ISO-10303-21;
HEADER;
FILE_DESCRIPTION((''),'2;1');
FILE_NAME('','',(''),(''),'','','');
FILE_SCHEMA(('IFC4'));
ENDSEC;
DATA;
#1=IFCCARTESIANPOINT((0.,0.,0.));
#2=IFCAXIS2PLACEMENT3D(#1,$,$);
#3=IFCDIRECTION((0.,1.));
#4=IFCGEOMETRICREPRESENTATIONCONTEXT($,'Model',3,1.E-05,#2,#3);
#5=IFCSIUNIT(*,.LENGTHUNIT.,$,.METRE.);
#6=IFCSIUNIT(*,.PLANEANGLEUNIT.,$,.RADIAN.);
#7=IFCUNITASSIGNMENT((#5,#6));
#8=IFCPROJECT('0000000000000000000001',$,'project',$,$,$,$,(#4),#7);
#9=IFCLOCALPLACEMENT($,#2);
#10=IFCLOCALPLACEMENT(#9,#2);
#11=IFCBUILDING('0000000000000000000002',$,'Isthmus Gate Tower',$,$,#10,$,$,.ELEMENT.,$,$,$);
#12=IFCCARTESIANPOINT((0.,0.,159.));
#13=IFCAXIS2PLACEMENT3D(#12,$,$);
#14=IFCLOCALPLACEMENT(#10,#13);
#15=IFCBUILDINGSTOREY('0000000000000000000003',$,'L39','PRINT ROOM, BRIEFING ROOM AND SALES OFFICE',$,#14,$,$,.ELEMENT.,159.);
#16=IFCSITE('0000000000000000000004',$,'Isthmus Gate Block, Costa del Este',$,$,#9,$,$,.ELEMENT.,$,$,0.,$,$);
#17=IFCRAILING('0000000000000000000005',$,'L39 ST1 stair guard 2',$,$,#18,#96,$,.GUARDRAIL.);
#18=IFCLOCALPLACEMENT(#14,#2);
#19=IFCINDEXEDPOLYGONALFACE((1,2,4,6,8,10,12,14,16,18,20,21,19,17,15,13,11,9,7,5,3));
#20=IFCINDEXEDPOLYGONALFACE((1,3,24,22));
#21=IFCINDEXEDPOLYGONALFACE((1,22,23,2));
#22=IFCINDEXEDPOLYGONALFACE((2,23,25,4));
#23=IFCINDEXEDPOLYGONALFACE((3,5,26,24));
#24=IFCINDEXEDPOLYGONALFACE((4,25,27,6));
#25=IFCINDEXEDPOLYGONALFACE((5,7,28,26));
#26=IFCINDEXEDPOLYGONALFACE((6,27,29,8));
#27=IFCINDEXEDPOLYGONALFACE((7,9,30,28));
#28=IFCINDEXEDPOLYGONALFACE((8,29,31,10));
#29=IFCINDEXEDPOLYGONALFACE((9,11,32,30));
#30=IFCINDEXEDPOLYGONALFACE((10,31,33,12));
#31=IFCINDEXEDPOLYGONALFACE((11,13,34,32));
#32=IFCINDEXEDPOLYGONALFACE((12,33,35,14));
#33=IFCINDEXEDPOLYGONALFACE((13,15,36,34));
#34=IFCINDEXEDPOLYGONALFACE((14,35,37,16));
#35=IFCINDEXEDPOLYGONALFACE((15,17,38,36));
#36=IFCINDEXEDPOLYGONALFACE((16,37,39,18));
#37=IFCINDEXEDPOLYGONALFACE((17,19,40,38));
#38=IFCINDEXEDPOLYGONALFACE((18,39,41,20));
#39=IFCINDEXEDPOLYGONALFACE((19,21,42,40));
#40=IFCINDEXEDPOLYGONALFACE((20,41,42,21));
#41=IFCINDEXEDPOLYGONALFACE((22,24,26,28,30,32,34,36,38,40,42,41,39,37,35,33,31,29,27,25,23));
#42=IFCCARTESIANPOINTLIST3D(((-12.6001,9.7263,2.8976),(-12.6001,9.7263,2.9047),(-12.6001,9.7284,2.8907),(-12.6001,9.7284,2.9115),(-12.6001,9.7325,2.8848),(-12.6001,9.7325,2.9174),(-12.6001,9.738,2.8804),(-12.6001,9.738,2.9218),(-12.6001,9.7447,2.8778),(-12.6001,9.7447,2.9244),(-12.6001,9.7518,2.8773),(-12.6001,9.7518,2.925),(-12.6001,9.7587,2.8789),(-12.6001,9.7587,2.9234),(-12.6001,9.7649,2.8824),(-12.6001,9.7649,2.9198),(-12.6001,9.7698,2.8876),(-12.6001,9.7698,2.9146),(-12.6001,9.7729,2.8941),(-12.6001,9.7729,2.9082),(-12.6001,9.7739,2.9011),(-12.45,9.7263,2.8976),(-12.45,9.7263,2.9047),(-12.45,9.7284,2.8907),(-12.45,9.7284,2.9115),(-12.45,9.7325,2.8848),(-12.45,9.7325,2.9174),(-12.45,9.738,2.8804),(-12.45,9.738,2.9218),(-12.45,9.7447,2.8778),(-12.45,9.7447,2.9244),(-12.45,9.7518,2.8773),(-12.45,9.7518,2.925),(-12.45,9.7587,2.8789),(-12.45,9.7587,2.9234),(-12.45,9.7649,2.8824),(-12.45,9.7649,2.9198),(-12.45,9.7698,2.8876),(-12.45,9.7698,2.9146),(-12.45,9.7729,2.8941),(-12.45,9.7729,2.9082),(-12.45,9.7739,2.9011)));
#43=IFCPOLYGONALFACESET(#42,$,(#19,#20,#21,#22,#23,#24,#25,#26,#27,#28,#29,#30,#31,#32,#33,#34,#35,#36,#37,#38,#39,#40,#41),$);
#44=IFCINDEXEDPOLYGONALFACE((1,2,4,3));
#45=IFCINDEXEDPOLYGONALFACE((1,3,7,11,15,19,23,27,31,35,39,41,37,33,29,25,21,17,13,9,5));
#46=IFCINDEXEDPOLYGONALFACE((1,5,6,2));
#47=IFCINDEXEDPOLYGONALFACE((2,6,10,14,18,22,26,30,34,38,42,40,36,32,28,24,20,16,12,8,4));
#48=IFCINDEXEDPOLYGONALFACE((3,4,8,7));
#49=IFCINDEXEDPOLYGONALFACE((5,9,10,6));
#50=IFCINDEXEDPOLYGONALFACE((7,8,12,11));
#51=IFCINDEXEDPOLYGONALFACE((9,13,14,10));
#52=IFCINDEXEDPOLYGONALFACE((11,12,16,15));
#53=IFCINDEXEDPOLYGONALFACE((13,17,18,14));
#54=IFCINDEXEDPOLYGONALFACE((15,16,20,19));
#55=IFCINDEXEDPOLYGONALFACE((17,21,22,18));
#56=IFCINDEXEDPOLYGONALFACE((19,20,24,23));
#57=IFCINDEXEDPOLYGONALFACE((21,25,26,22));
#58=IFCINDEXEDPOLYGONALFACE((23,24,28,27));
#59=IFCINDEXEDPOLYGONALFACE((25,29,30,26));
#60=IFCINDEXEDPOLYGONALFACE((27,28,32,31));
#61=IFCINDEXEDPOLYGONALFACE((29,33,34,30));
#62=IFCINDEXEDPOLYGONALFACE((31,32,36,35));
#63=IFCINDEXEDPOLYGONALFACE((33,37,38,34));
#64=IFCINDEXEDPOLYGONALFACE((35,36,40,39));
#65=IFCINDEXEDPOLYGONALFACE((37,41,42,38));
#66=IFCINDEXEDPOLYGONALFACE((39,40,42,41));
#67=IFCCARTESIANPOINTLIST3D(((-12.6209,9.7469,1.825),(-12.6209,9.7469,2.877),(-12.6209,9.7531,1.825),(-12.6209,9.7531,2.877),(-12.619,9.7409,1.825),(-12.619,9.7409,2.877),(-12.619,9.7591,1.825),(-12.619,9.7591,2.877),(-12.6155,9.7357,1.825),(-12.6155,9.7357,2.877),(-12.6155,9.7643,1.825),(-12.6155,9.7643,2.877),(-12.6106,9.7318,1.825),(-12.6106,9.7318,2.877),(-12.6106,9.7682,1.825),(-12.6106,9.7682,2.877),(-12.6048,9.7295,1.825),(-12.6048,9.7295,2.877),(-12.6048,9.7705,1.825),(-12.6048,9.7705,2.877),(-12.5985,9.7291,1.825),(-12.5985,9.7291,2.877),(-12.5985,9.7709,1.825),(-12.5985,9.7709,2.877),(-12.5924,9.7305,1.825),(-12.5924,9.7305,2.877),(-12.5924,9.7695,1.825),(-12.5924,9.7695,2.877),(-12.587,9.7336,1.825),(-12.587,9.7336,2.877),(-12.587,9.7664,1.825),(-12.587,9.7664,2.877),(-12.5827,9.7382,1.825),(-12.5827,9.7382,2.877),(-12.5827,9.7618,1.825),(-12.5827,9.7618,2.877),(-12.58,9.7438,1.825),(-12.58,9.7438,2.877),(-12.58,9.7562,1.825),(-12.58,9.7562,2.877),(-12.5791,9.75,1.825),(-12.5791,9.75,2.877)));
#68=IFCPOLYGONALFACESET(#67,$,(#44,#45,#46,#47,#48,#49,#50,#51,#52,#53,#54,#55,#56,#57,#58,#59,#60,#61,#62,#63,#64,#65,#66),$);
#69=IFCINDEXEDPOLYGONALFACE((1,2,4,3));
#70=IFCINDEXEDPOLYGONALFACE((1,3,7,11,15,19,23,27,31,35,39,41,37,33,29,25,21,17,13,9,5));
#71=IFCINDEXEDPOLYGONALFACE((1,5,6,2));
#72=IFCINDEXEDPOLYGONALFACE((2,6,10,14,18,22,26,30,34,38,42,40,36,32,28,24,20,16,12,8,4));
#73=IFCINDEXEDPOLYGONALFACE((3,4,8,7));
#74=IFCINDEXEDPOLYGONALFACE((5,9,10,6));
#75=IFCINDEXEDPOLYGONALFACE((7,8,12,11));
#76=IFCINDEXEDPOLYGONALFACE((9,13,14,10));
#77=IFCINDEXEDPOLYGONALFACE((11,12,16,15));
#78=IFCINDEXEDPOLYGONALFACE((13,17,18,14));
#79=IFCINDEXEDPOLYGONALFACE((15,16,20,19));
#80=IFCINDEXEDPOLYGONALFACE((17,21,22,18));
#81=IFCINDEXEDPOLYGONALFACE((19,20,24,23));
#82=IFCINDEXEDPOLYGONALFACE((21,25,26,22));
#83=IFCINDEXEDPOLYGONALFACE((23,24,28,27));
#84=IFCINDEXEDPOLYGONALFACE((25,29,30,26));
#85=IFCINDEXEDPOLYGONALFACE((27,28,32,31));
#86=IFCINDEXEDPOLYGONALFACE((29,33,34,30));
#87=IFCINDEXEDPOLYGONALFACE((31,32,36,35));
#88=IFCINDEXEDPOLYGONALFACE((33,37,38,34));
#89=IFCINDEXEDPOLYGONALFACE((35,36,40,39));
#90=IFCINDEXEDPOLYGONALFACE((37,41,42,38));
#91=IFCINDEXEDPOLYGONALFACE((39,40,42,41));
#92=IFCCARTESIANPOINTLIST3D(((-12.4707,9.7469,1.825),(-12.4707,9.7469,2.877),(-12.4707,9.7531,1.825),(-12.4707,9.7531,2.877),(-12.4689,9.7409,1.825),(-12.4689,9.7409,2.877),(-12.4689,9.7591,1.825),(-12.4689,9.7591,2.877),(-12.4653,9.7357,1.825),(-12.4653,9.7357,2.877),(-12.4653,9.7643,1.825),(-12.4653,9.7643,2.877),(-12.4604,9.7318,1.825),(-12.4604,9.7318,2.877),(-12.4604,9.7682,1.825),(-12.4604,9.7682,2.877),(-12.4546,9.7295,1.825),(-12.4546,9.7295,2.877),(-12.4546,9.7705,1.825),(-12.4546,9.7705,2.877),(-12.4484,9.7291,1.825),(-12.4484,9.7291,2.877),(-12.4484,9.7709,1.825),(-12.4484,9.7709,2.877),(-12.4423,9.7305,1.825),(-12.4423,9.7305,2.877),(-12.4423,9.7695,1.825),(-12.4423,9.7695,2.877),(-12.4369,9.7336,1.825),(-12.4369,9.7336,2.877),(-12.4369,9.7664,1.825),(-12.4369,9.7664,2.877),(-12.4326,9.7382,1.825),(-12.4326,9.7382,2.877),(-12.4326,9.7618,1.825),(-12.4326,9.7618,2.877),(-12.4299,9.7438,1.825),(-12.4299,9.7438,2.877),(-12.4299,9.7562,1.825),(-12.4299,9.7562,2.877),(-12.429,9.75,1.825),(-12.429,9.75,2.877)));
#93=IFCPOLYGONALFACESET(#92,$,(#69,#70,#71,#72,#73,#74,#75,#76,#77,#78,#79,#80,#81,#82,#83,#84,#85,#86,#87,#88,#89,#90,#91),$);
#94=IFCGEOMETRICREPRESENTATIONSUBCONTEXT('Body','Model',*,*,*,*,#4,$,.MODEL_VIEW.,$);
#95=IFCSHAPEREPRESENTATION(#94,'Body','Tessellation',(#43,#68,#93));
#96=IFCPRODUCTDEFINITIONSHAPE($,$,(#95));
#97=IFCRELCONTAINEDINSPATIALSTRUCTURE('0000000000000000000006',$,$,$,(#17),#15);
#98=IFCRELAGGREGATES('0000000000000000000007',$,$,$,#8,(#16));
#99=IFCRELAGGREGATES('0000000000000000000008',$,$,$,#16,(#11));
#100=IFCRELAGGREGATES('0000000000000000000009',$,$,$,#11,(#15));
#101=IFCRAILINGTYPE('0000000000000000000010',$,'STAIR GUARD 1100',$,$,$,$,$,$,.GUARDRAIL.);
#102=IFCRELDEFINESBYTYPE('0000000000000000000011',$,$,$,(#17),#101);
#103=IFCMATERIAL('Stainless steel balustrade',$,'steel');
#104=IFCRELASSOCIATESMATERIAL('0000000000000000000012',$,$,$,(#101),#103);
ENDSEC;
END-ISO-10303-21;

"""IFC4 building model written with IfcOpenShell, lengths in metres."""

from ifc_helpers import new_model, si_unit, direction, frame, origin, origin_2d, place, context, subcontext, project, spatial, circle, extrude, material, type_object, element, save


model = new_model("IFC4")

# Units and contexts
model_context = context("Model", 3, precision=1e-05, world=origin(), true_north=direction((0.0, 1.0)))
body_context = subcontext(model_context, "Body", "Model", "MODEL_VIEW")
ifc_project = project(units=[si_unit("LENGTHUNIT", "METRE"), si_unit("PLANEANGLEUNIT", "RADIAN")], contexts=[model_context])

# Site, building, storey
site_placement = place(None, origin())
site = spatial("IfcSite", under=ifc_project, at=site_placement, Name="Isthmus Gate Block, Costa del Este", CompositionType="ELEMENT", RefElevation=0.0)
building_placement = place(site_placement, origin())
building = spatial("IfcBuilding", under=site, at=building_placement, Name="Isthmus Gate Tower", CompositionType="ELEMENT")
storey_placement = place(building_placement, frame((0.0, 0.0, 159.0)))
storey = spatial("IfcBuildingStorey", under=building, at=storey_placement, Name="L39", Description="PRINT ROOM, BRIEFING ROOM AND SALES OFFICE", CompositionType="ELEMENT", Elevation=159.0)

# Railing
ifc_material_1 = material(Name="Stainless steel balustrade", Category="steel")
railing_type_1 = type_object("IfcRailingType", Name="STAIR GUARD 1100", PredefinedType="GUARDRAIL", material=ifc_material_1)
railing_1_placement = place(storey_placement, frame((-12.6001, 9.75, 1.825)))
element("IfcRailing", 1, at=railing_1_placement, inside=storey, type_object=railing_type_1, Name="L39 ST1 stair guard 2", PredefinedType="GUARDRAIL", context=body_context, shape_type="SweptSolid", body=[
    extrude(circle(Radius=0.0239, at=origin_2d()), frame((0.0, 0.0, 1.0762), z_axis=(1.0, 0.0, 0.0), x_axis=(0.0, 1.0, 0.0)), (0.0, 0.0, 1.0), 0.1501),
    extrude(circle(Radius=0.021, at=origin_2d()), origin(), (0.0, 0.0, 1.0), 1.052),
    extrude(circle(Radius=0.021, at=origin_2d()), frame((0.1501, 0.0, 0.0)), (0.0, 0.0, 1.0), 1.052),
])

save(model, "model.ifc")
